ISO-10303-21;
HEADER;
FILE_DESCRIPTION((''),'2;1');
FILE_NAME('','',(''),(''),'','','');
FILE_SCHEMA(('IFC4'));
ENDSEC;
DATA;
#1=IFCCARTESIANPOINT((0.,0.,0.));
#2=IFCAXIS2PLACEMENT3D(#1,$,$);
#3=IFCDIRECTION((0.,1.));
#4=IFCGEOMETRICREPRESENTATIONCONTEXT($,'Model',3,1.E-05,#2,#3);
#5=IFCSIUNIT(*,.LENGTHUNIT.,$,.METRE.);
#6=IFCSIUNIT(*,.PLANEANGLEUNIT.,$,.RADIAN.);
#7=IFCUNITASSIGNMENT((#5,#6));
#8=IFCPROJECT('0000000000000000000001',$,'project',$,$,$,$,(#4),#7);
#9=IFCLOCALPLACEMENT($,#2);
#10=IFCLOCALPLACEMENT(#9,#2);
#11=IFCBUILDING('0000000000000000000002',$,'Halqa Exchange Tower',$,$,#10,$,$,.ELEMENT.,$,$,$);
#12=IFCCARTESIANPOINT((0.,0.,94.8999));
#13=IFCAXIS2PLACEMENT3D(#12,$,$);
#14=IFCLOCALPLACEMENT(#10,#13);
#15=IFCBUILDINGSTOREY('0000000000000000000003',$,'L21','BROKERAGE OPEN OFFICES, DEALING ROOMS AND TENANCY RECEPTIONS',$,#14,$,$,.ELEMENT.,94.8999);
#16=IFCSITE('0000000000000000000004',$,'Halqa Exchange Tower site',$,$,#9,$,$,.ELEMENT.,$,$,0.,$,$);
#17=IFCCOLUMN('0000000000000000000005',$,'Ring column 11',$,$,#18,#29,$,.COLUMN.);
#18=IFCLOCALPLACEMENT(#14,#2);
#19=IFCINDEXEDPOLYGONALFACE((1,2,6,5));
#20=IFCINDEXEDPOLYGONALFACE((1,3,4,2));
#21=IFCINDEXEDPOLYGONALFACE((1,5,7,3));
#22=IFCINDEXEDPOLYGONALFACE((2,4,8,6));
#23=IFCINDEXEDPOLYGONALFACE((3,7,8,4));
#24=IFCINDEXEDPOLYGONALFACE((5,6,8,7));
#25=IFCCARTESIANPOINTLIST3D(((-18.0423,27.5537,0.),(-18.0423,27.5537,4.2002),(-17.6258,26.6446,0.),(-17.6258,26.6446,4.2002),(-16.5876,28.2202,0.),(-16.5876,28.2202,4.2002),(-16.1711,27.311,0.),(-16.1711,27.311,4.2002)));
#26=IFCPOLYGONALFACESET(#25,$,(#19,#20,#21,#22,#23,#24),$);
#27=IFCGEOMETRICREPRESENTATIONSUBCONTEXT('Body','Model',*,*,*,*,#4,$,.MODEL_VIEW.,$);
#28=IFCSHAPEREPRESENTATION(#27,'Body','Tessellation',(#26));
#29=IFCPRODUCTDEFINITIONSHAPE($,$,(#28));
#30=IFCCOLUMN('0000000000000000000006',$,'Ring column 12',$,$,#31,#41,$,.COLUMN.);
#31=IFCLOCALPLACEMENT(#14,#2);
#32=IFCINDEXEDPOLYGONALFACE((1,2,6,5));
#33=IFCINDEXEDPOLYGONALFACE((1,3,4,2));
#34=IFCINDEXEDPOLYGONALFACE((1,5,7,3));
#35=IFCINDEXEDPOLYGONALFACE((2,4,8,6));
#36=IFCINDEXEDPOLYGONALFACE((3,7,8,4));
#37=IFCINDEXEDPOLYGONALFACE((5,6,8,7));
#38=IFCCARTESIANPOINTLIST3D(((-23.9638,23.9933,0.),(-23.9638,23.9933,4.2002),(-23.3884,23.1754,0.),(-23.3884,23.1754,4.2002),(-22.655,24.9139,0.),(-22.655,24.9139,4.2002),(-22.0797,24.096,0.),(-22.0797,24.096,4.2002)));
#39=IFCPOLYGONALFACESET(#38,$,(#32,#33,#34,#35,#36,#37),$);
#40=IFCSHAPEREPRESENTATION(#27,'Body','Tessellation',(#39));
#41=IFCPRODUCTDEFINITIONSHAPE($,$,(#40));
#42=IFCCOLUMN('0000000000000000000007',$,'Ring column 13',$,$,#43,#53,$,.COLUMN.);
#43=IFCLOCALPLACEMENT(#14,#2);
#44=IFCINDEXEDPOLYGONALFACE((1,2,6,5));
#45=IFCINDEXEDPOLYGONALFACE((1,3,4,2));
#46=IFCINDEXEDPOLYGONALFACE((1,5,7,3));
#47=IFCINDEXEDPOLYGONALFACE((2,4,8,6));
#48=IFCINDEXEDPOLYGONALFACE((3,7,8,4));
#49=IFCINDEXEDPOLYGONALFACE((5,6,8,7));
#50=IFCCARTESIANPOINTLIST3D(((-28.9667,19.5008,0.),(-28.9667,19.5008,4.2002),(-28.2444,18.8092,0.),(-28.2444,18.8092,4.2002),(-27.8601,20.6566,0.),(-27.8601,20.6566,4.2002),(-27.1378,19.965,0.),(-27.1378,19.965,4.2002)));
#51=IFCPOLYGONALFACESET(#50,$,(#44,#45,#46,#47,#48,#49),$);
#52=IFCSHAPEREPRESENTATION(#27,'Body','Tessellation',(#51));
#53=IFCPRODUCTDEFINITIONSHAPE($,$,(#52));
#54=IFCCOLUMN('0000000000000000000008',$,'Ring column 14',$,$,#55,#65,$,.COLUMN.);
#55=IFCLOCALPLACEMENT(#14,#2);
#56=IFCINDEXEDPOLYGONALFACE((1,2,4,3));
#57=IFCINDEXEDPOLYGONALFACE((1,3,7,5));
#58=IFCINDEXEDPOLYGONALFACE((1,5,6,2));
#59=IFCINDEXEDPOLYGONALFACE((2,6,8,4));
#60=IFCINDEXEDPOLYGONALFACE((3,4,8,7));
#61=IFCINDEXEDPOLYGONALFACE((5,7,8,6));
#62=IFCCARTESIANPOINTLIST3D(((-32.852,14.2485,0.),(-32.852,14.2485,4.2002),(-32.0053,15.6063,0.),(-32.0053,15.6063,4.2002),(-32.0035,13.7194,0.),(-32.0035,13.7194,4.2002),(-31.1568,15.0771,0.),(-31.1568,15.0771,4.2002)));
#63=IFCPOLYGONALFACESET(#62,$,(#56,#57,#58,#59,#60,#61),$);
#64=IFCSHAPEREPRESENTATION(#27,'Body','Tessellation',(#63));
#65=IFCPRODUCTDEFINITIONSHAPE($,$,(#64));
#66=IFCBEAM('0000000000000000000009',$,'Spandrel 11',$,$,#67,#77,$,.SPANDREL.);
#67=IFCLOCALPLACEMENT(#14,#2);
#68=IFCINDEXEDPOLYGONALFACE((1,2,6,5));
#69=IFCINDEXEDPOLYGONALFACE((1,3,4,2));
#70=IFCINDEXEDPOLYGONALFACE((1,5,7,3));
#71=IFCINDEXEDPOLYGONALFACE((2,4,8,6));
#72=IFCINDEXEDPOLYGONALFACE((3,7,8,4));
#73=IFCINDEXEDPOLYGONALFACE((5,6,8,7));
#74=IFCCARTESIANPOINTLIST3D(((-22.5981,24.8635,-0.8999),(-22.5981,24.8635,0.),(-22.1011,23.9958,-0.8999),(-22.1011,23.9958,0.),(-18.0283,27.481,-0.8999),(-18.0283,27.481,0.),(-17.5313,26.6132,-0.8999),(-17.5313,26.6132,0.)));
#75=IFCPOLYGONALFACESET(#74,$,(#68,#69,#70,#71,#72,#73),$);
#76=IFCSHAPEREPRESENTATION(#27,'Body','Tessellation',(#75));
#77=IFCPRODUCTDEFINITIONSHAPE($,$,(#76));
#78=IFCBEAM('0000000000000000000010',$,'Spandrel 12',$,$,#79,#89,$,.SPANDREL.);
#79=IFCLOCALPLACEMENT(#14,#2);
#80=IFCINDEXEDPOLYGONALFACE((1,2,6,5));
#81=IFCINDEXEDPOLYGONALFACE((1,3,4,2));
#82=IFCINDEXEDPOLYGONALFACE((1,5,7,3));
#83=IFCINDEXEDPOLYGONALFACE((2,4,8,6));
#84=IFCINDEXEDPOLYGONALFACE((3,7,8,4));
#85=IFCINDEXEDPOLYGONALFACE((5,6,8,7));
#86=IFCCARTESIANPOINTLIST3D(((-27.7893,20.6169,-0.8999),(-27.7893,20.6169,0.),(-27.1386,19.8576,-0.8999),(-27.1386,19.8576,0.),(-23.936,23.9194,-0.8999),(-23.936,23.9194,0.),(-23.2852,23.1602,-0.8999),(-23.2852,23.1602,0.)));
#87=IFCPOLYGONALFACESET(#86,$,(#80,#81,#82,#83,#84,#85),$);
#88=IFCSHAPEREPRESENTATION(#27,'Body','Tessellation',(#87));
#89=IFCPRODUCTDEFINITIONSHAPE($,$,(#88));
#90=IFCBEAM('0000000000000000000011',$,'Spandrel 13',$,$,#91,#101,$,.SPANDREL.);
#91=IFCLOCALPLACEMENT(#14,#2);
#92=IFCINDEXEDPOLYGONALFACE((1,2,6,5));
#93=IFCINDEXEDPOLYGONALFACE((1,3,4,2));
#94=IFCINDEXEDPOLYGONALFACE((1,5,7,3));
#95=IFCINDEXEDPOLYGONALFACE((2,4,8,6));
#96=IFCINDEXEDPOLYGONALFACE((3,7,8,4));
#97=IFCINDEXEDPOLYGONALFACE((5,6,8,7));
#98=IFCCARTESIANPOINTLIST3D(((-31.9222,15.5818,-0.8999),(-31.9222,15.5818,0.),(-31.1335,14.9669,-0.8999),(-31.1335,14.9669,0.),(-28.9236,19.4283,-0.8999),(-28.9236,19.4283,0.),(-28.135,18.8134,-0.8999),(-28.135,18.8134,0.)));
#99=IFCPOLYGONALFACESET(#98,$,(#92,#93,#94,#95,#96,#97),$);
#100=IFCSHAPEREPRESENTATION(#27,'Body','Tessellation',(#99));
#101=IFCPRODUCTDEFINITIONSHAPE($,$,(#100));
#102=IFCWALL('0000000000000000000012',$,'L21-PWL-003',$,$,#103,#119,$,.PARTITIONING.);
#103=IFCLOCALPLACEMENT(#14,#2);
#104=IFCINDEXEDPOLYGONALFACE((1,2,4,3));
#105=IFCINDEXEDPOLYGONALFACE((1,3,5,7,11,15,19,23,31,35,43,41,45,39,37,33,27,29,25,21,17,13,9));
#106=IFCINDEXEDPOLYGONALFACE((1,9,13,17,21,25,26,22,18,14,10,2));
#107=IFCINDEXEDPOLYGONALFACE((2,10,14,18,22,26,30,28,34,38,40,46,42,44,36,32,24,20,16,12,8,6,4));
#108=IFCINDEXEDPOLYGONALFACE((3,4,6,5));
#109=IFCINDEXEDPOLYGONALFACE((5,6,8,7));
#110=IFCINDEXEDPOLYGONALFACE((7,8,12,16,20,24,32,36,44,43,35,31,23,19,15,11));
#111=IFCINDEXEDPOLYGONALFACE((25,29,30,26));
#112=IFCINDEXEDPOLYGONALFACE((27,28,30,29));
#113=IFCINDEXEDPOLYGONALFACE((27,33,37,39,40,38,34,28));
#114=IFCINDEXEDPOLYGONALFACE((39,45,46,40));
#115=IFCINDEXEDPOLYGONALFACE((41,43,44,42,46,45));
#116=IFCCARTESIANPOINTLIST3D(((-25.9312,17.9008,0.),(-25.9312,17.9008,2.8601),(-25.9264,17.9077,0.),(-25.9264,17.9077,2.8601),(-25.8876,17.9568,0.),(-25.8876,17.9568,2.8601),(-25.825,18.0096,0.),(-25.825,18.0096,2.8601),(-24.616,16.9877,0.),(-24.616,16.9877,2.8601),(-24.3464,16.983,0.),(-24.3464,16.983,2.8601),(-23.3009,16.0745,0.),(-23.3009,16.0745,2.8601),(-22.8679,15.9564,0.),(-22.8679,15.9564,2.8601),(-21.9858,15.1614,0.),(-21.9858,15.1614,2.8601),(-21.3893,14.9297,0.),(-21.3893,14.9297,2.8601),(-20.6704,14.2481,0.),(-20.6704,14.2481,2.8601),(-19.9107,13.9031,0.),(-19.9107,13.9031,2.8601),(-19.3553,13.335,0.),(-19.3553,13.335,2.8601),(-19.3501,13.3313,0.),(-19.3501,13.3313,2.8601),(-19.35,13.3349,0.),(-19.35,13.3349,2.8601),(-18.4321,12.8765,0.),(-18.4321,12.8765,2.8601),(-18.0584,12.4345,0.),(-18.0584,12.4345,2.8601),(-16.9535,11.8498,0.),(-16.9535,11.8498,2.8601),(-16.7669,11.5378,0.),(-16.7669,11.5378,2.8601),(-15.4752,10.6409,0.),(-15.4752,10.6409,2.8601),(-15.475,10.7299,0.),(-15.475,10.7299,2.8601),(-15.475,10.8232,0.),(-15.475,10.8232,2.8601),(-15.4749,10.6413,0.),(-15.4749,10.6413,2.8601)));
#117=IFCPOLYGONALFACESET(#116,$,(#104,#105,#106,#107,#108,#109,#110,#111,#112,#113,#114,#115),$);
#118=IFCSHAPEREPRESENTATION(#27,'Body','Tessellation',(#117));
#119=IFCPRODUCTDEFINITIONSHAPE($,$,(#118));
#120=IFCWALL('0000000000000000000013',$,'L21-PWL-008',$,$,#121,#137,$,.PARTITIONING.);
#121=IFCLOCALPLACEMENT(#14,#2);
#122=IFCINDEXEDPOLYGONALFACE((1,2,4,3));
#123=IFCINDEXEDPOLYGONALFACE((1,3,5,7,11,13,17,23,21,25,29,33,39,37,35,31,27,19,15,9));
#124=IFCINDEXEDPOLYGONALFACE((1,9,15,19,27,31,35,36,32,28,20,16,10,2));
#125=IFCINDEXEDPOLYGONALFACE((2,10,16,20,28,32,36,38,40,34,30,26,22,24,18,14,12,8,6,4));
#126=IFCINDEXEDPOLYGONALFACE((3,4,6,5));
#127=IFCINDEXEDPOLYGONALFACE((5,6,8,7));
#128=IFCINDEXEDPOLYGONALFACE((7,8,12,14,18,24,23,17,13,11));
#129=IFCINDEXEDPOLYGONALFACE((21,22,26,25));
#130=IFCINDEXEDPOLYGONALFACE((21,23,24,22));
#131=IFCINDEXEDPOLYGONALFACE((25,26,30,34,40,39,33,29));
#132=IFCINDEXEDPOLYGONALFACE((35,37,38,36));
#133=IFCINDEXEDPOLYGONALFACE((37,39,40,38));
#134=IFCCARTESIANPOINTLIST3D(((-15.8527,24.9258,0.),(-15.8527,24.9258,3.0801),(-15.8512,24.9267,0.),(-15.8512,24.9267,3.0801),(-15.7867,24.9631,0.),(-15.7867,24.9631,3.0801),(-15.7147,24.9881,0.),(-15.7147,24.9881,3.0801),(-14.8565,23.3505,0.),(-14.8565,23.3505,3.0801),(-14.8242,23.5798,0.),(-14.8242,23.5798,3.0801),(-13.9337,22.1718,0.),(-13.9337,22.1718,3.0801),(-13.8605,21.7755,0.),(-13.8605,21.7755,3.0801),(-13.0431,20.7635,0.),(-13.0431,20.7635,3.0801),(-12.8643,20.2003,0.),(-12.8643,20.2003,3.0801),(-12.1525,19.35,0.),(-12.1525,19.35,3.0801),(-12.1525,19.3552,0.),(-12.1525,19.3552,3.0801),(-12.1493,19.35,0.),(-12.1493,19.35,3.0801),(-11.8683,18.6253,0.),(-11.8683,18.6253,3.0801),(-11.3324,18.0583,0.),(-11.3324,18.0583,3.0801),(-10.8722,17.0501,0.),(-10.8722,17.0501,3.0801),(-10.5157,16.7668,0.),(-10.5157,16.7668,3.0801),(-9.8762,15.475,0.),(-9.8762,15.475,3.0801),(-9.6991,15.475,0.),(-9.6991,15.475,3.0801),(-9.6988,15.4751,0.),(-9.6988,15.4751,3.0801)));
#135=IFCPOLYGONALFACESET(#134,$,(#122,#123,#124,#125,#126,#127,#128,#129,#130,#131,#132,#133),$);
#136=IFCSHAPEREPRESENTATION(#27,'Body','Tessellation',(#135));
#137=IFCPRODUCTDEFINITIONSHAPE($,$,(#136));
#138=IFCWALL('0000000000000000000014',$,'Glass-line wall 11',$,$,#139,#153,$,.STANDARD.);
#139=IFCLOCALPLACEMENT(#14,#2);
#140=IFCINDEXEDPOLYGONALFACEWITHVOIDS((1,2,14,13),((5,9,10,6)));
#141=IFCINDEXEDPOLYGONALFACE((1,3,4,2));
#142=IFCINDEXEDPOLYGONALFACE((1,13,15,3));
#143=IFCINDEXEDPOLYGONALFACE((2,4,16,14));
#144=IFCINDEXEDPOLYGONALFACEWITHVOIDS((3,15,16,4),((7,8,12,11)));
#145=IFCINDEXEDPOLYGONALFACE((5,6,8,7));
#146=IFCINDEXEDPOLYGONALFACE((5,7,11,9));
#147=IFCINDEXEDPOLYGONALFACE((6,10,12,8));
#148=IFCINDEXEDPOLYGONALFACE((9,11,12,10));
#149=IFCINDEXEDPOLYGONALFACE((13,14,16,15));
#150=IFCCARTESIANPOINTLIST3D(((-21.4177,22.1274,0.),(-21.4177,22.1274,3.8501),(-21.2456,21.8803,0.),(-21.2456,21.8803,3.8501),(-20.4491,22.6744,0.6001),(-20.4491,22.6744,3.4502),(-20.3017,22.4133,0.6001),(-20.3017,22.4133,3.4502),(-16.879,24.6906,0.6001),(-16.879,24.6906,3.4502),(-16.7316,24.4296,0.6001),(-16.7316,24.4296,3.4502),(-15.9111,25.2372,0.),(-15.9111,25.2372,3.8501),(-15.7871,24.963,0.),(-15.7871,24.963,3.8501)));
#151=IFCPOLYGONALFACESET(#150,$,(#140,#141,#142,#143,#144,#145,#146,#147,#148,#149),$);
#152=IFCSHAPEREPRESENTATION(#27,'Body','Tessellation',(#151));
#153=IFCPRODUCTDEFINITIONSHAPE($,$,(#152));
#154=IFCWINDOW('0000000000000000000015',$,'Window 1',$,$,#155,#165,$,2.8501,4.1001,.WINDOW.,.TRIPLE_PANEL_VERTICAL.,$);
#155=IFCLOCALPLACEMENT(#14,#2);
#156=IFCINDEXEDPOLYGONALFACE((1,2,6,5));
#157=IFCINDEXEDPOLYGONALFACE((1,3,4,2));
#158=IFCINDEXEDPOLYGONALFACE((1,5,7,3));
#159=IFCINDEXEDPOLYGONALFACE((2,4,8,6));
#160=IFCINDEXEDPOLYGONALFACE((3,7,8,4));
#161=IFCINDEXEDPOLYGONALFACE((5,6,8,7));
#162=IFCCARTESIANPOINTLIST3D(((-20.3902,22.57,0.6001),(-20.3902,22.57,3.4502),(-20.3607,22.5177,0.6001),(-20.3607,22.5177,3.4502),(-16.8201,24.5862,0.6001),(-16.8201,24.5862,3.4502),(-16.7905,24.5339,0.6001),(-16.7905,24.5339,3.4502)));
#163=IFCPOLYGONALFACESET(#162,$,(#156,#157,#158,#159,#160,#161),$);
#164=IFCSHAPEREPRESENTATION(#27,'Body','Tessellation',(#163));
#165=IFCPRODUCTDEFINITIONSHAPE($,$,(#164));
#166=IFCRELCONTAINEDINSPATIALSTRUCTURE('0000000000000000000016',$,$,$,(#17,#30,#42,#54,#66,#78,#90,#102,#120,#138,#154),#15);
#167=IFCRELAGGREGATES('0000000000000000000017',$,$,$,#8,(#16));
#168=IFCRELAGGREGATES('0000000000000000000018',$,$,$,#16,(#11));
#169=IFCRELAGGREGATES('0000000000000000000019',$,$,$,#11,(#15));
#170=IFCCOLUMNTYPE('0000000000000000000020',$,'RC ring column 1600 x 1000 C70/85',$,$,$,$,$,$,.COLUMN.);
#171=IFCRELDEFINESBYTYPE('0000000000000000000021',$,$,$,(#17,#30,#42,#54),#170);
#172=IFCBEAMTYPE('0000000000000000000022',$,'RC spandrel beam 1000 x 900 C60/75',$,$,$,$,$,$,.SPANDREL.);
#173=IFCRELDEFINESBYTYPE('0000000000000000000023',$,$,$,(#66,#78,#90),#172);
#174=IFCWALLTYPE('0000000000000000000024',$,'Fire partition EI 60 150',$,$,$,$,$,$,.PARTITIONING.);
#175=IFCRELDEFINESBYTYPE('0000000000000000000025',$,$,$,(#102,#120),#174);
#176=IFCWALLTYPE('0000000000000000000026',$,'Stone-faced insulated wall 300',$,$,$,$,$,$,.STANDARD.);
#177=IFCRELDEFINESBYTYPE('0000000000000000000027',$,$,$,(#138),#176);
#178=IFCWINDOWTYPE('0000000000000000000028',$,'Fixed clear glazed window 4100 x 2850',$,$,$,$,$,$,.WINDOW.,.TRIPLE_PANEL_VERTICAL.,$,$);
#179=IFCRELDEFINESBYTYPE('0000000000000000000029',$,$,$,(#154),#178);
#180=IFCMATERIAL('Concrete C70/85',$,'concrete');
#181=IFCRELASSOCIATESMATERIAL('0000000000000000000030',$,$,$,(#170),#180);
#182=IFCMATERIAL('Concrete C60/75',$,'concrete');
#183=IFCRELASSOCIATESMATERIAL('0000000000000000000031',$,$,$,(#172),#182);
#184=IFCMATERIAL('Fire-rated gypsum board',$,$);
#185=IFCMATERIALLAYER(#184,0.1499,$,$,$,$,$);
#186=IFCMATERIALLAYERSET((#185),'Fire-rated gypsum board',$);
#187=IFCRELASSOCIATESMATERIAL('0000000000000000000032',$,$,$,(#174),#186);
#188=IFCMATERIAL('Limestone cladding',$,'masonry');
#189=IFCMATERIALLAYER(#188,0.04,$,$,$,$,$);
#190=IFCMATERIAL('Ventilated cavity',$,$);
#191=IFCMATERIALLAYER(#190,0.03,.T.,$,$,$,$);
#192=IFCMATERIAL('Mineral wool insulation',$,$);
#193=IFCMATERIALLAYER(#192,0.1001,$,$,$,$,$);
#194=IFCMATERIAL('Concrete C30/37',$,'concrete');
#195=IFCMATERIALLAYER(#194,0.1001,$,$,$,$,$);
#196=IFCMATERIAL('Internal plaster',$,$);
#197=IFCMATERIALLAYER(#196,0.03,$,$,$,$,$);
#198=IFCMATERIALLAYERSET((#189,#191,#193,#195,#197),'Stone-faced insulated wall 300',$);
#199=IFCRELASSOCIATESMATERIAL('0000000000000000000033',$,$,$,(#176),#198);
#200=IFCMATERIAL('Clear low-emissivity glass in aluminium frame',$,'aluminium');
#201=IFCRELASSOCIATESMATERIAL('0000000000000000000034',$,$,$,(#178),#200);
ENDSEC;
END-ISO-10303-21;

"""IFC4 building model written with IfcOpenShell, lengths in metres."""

from ifc_helpers import new_model, si_unit, direction, frame, frame_2d, origin, origin_2d, place, context, subcontext, project, spatial, polyline, rectangle, outline, extrude, material, layer, layer_set, material_profile, profile_set, type_object, element, fill, save


model = new_model("IFC4")

# Units and contexts
model_context = context("Model", 3, precision=1e-05, world=origin(), true_north=direction((0.0, 1.0)))
body_context = subcontext(model_context, "Body", "Model", "MODEL_VIEW")
ifc_project = project(units=[si_unit("LENGTHUNIT", "METRE"), si_unit("PLANEANGLEUNIT", "RADIAN")], contexts=[model_context])

# Site, building, storey
site_placement = place(None, origin())
site = spatial("IfcSite", under=ifc_project, at=site_placement, Name="Halqa Exchange Tower site", CompositionType="ELEMENT", RefElevation=0.0)
building_placement = place(site_placement, origin())
building = spatial("IfcBuilding", under=site, at=building_placement, Name="Halqa Exchange Tower", CompositionType="ELEMENT")
storey_placement = place(building_placement, frame((0.0, 0.0, 94.8999)))
storey = spatial("IfcBuildingStorey", under=building, at=storey_placement, Name="L21", Description="BROKERAGE OPEN OFFICES, DEALING ROOMS AND TENANCY RECEPTIONS", CompositionType="ELEMENT", Elevation=94.8999)

# Columns
ifc_material_1 = material(Name="Concrete C70/85", Category="concrete")
ifc_material_profile_1 = material_profile(ifc_material_1, rectangle(XDim=1.6001, YDim=1.0, at=origin_2d()), Name="1600 x 1000")
ifc_profile_set_1 = profile_set([ifc_material_profile_1], Name="Concrete C70/85")
column_type = type_object("IfcColumnType", Name="RC ring column 1600 x 1000 C70/85", PredefinedType="COLUMN", material=ifc_profile_set_1)
for number, where, z_axis, x_axis, name in (
    (1, (-17.1067, 27.4324, 0.0), (0.0, 0.0, 1.0), (-0.909126, -0.41652, 0.0), "Ring column 11"),
    (2, (-23.0217, 24.0447, 0.0), (0.0, 0.0, 1.0), (-0.817909, -0.575348, 0.0), "Ring column 12"),
    (3, (-28.0522, 19.7329, 0.0), (0.0, 0.0, 1.0), (-0.691576, -0.722304, 0.0), "Ring column 13"),
    (4, (-32.0044, 14.6628, 0.0), (0.0, 0.0, 1.0), (-0.52914, -0.848534, 0.0), "Ring column 14"),
):
    element("IfcColumn", number, at=place(storey_placement, frame(where, z_axis=z_axis, x_axis=x_axis)), inside=storey, type_object=column_type, Name=name, PredefinedType="COLUMN", context=body_context, shape_type="SweptSolid", body=[
        extrude(rectangle(XDim=1.6001, YDim=1.0, at=origin_2d()), origin(), (0.0, 0.0, 1.0), 4.2002),
    ])

# Beams
ifc_material_2 = material(Name="Concrete C60/75", Category="concrete")
ifc_material_profile_2 = material_profile(ifc_material_2, rectangle(XDim=1.0, YDim=0.8999, at=origin_2d()), Name="1000 x 900")
ifc_profile_set_2 = profile_set([ifc_material_profile_2], Name="Concrete C60/75")
beam_type = type_object("IfcBeamType", Name="RC spandrel beam 1000 x 900 C60/75", PredefinedType="SPANDREL", material=ifc_profile_set_2)
beam_1_placement = place(storey_placement, frame((-17.7798, 27.0471, -0.45), z_axis=(-0.867743, -0.497012, 0.0), x_axis=(0.497012, -0.867743, 0.0)))
element("IfcBeam", 5, at=beam_1_placement, inside=storey, type_object=beam_type, Name="Spandrel 11", PredefinedType="SPANDREL", context=body_context, shape_type="SweptSolid", body=[
    extrude(rectangle(XDim=1.0, YDim=0.8999, at=origin_2d()), origin(), (0.0, 0.0, 1.0), 5.2664),
])
beam_2_placement = place(storey_placement, frame((-23.6106, 23.5398, -0.45), z_axis=(-0.759287, -0.650756, 0.0), x_axis=(0.650756, -0.759287, 0.0)))
element("IfcBeam", 6, at=beam_2_placement, inside=storey, type_object=beam_type, Name="Spandrel 12", PredefinedType="SPANDREL", context=body_context, shape_type="SweptSolid", body=[
    extrude(rectangle(XDim=1.0, YDim=0.8999, at=origin_2d()), origin(), (0.0, 0.0, 1.0), 5.075),
])
beam_3_placement = place(storey_placement, frame((-28.5293, 19.1208, -0.45), z_axis=(-0.614817, -0.78867, 0.0), x_axis=(0.78867, -0.614817, 0.0)))
element("IfcBeam", 7, at=beam_3_placement, inside=storey, type_object=beam_type, Name="Spandrel 13", PredefinedType="SPANDREL", context=body_context, shape_type="SweptSolid", body=[
    extrude(rectangle(XDim=1.0, YDim=0.8999, at=origin_2d()), origin(), (0.0, 0.0, 1.0), 4.8772),
])

# Walls
ifc_material_3 = material(Name="Fire-rated gypsum board")
ifc_layer_1 = layer(ifc_material_3, 0.1499)
ifc_layer_set_1 = layer_set([ifc_layer_1], Name="Fire-rated gypsum board")
wall_type_1 = type_object("IfcWallType", Name="Fire partition EI 60 150", PredefinedType="PARTITIONING", material=ifc_layer_set_1)
wall_1_placement = place(storey_placement, frame((-25.8884, 17.9624, 0.0), z_axis=(0.0, 0.0, 1.0), x_axis=(0.821412, -0.570335, 0.0)))
element("IfcWall", 8, at=wall_1_placement, inside=storey, type_object=wall_type_1, Name="L21-PWL-003", PredefinedType="PARTITIONING", context=body_context, shape_type="SweptSolid", body=[
    extrude(outline(polyline([(0.0, -0.075), (1.6011, -0.075), (3.2021, -0.075), (4.8032, -0.075), (6.4045, -0.075), (8.0056, -0.075), (8.01, -0.072), (8.012, -0.075), (9.5845, -0.075), (11.1567, -0.075), (12.7292, -0.075), (12.7292, -0.0745), (12.6787, -0.0017), (12.6787, -0.0017), (12.6255, 0.075), (10.8254, 0.075), (9.0254, 0.075), (7.2253, 0.075), (5.4253, 0.075), (3.6252, 0.075), (1.8252, 0.075), (0.0251, 0.075), (0.0039, -0.0042), (0.0, -0.0667), (0.0, -0.075)])), origin(), (0.0, 0.0, 1.0), 2.8601),
])
wall_2_placement = place(storey_placement, frame((-15.7893, 24.9658, 0.0), z_axis=(0.0, 0.0, 1.0), x_axis=(0.534479, -0.845182, 0.0)))
element("IfcWall", 9, at=wall_2_placement, inside=storey, type_object=wall_type_1, Name="L21-PWL-008", PredefinedType="PARTITIONING", context=body_context, shape_type="SweptSolid", body=[
    extrude(outline(polyline([(0.0, -0.075), (1.8638, -0.075), (3.7273, -0.075), (5.5911, -0.075), (7.4546, -0.075), (9.3184, -0.075), (11.1819, -0.075), (11.2766, 0.0747), (11.2766, 0.075), (9.7483, 0.075), (8.2202, 0.075), (6.6919, 0.075), (6.6902, 0.0723), (6.6858, 0.075), (5.0195, 0.075), (3.3533, 0.075), (1.6873, 0.075), (0.021, 0.075), (0.0037, 0.0007), (0.0, -0.0732), (0.0, -0.075)])), origin(), (0.0, 0.0, 1.0), 3.0801),
])

# Wall, opening, window
ifc_material_4 = material(Name="Limestone cladding", Category="masonry")
ifc_layer_2 = layer(ifc_material_4, 0.04)
ifc_material_5 = material(Name="Ventilated cavity")
ifc_layer_3 = layer(ifc_material_5, 0.03, ventilated=True)
ifc_material_6 = material(Name="Mineral wool insulation")
ifc_layer_4 = layer(ifc_material_6, 0.1001)
ifc_material_7 = material(Name="Concrete C30/37", Category="concrete")
ifc_layer_5 = layer(ifc_material_7, 0.1001)
ifc_material_8 = material(Name="Internal plaster")
ifc_layer_6 = layer(ifc_material_8, 0.03)
ifc_layer_set_2 = layer_set([ifc_layer_2, ifc_layer_3, ifc_layer_4, ifc_layer_5, ifc_layer_6], Name="Stone-faced insulated wall 300")
wall_type_2 = type_object("IfcWallType", Name="Stone-faced insulated wall 300", PredefinedType="STANDARD", material=ifc_layer_set_2)
wall_3_placement = place(storey_placement, frame((-15.8491, 25.1001, 0.0), z_axis=(0.0, 0.0, 1.0), x_axis=(-0.870738, -0.491748, 0.0)))
wall_3 = element("IfcWall", 10, at=wall_3_placement, inside=storey, type_object=wall_type_2, Name="Glass-line wall 11", PredefinedType="STANDARD", context=body_context, shape_type="SweptSolid", body=[
    extrude(outline(polyline([(-0.0134, -0.1499), (6.3105, -0.1499), (6.2822, 0.1499), (0.0134, 0.1499), (-0.0134, -0.1499)])), origin(), (0.0, 0.0, 1.0), 3.8501),
])
opening_1_placement = place(wall_3_placement, frame((1.0981, 0.0, 0.6001)))
opening_1 = element("IfcOpeningElement", 11, at=opening_1_placement, cuts=wall_3, PredefinedType="OPENING", context=body_context, shape_type="SweptSolid", body=[
    extrude(rectangle(XDim=4.1001, YDim=2.8501, at=frame_2d((2.05, 1.425))), frame((0.0, 0.1621, 0.0), z_axis=(0.0, -1.0, 0.0), x_axis=(1.0, 0.0, 0.0)), (0.0, 0.0, 1.0), 0.324),
])
ifc_material_9 = material(Name="Clear low-emissivity glass in aluminium frame", Category="aluminium")
window_type = type_object("IfcWindowType", Name="Fixed clear glazed window 4100 x 2850", PartitioningType="TRIPLE_PANEL_VERTICAL", PredefinedType="WINDOW", material=ifc_material_9)
window_1_placement = place(opening_1_placement, origin())
window_1 = element("IfcWindow", 12, at=window_1_placement, inside=storey, type_object=window_type, Name="Window 1", OverallHeight=2.8501, OverallWidth=4.1001, PartitioningType="TRIPLE_PANEL_VERTICAL", PredefinedType="WINDOW", context=body_context, shape_type="SweptSolid", body=[
    extrude(rectangle(XDim=4.1001, YDim=2.8501, at=frame_2d((2.05, 1.425))), frame((0.0, 0.03, 0.0), z_axis=(0.0, -1.0, 0.0), x_axis=(1.0, 0.0, 0.0)), (0.0, 0.0, 1.0), 0.0601),
])
fill(opening_1, window_1)

save(model, "model.ifc")
